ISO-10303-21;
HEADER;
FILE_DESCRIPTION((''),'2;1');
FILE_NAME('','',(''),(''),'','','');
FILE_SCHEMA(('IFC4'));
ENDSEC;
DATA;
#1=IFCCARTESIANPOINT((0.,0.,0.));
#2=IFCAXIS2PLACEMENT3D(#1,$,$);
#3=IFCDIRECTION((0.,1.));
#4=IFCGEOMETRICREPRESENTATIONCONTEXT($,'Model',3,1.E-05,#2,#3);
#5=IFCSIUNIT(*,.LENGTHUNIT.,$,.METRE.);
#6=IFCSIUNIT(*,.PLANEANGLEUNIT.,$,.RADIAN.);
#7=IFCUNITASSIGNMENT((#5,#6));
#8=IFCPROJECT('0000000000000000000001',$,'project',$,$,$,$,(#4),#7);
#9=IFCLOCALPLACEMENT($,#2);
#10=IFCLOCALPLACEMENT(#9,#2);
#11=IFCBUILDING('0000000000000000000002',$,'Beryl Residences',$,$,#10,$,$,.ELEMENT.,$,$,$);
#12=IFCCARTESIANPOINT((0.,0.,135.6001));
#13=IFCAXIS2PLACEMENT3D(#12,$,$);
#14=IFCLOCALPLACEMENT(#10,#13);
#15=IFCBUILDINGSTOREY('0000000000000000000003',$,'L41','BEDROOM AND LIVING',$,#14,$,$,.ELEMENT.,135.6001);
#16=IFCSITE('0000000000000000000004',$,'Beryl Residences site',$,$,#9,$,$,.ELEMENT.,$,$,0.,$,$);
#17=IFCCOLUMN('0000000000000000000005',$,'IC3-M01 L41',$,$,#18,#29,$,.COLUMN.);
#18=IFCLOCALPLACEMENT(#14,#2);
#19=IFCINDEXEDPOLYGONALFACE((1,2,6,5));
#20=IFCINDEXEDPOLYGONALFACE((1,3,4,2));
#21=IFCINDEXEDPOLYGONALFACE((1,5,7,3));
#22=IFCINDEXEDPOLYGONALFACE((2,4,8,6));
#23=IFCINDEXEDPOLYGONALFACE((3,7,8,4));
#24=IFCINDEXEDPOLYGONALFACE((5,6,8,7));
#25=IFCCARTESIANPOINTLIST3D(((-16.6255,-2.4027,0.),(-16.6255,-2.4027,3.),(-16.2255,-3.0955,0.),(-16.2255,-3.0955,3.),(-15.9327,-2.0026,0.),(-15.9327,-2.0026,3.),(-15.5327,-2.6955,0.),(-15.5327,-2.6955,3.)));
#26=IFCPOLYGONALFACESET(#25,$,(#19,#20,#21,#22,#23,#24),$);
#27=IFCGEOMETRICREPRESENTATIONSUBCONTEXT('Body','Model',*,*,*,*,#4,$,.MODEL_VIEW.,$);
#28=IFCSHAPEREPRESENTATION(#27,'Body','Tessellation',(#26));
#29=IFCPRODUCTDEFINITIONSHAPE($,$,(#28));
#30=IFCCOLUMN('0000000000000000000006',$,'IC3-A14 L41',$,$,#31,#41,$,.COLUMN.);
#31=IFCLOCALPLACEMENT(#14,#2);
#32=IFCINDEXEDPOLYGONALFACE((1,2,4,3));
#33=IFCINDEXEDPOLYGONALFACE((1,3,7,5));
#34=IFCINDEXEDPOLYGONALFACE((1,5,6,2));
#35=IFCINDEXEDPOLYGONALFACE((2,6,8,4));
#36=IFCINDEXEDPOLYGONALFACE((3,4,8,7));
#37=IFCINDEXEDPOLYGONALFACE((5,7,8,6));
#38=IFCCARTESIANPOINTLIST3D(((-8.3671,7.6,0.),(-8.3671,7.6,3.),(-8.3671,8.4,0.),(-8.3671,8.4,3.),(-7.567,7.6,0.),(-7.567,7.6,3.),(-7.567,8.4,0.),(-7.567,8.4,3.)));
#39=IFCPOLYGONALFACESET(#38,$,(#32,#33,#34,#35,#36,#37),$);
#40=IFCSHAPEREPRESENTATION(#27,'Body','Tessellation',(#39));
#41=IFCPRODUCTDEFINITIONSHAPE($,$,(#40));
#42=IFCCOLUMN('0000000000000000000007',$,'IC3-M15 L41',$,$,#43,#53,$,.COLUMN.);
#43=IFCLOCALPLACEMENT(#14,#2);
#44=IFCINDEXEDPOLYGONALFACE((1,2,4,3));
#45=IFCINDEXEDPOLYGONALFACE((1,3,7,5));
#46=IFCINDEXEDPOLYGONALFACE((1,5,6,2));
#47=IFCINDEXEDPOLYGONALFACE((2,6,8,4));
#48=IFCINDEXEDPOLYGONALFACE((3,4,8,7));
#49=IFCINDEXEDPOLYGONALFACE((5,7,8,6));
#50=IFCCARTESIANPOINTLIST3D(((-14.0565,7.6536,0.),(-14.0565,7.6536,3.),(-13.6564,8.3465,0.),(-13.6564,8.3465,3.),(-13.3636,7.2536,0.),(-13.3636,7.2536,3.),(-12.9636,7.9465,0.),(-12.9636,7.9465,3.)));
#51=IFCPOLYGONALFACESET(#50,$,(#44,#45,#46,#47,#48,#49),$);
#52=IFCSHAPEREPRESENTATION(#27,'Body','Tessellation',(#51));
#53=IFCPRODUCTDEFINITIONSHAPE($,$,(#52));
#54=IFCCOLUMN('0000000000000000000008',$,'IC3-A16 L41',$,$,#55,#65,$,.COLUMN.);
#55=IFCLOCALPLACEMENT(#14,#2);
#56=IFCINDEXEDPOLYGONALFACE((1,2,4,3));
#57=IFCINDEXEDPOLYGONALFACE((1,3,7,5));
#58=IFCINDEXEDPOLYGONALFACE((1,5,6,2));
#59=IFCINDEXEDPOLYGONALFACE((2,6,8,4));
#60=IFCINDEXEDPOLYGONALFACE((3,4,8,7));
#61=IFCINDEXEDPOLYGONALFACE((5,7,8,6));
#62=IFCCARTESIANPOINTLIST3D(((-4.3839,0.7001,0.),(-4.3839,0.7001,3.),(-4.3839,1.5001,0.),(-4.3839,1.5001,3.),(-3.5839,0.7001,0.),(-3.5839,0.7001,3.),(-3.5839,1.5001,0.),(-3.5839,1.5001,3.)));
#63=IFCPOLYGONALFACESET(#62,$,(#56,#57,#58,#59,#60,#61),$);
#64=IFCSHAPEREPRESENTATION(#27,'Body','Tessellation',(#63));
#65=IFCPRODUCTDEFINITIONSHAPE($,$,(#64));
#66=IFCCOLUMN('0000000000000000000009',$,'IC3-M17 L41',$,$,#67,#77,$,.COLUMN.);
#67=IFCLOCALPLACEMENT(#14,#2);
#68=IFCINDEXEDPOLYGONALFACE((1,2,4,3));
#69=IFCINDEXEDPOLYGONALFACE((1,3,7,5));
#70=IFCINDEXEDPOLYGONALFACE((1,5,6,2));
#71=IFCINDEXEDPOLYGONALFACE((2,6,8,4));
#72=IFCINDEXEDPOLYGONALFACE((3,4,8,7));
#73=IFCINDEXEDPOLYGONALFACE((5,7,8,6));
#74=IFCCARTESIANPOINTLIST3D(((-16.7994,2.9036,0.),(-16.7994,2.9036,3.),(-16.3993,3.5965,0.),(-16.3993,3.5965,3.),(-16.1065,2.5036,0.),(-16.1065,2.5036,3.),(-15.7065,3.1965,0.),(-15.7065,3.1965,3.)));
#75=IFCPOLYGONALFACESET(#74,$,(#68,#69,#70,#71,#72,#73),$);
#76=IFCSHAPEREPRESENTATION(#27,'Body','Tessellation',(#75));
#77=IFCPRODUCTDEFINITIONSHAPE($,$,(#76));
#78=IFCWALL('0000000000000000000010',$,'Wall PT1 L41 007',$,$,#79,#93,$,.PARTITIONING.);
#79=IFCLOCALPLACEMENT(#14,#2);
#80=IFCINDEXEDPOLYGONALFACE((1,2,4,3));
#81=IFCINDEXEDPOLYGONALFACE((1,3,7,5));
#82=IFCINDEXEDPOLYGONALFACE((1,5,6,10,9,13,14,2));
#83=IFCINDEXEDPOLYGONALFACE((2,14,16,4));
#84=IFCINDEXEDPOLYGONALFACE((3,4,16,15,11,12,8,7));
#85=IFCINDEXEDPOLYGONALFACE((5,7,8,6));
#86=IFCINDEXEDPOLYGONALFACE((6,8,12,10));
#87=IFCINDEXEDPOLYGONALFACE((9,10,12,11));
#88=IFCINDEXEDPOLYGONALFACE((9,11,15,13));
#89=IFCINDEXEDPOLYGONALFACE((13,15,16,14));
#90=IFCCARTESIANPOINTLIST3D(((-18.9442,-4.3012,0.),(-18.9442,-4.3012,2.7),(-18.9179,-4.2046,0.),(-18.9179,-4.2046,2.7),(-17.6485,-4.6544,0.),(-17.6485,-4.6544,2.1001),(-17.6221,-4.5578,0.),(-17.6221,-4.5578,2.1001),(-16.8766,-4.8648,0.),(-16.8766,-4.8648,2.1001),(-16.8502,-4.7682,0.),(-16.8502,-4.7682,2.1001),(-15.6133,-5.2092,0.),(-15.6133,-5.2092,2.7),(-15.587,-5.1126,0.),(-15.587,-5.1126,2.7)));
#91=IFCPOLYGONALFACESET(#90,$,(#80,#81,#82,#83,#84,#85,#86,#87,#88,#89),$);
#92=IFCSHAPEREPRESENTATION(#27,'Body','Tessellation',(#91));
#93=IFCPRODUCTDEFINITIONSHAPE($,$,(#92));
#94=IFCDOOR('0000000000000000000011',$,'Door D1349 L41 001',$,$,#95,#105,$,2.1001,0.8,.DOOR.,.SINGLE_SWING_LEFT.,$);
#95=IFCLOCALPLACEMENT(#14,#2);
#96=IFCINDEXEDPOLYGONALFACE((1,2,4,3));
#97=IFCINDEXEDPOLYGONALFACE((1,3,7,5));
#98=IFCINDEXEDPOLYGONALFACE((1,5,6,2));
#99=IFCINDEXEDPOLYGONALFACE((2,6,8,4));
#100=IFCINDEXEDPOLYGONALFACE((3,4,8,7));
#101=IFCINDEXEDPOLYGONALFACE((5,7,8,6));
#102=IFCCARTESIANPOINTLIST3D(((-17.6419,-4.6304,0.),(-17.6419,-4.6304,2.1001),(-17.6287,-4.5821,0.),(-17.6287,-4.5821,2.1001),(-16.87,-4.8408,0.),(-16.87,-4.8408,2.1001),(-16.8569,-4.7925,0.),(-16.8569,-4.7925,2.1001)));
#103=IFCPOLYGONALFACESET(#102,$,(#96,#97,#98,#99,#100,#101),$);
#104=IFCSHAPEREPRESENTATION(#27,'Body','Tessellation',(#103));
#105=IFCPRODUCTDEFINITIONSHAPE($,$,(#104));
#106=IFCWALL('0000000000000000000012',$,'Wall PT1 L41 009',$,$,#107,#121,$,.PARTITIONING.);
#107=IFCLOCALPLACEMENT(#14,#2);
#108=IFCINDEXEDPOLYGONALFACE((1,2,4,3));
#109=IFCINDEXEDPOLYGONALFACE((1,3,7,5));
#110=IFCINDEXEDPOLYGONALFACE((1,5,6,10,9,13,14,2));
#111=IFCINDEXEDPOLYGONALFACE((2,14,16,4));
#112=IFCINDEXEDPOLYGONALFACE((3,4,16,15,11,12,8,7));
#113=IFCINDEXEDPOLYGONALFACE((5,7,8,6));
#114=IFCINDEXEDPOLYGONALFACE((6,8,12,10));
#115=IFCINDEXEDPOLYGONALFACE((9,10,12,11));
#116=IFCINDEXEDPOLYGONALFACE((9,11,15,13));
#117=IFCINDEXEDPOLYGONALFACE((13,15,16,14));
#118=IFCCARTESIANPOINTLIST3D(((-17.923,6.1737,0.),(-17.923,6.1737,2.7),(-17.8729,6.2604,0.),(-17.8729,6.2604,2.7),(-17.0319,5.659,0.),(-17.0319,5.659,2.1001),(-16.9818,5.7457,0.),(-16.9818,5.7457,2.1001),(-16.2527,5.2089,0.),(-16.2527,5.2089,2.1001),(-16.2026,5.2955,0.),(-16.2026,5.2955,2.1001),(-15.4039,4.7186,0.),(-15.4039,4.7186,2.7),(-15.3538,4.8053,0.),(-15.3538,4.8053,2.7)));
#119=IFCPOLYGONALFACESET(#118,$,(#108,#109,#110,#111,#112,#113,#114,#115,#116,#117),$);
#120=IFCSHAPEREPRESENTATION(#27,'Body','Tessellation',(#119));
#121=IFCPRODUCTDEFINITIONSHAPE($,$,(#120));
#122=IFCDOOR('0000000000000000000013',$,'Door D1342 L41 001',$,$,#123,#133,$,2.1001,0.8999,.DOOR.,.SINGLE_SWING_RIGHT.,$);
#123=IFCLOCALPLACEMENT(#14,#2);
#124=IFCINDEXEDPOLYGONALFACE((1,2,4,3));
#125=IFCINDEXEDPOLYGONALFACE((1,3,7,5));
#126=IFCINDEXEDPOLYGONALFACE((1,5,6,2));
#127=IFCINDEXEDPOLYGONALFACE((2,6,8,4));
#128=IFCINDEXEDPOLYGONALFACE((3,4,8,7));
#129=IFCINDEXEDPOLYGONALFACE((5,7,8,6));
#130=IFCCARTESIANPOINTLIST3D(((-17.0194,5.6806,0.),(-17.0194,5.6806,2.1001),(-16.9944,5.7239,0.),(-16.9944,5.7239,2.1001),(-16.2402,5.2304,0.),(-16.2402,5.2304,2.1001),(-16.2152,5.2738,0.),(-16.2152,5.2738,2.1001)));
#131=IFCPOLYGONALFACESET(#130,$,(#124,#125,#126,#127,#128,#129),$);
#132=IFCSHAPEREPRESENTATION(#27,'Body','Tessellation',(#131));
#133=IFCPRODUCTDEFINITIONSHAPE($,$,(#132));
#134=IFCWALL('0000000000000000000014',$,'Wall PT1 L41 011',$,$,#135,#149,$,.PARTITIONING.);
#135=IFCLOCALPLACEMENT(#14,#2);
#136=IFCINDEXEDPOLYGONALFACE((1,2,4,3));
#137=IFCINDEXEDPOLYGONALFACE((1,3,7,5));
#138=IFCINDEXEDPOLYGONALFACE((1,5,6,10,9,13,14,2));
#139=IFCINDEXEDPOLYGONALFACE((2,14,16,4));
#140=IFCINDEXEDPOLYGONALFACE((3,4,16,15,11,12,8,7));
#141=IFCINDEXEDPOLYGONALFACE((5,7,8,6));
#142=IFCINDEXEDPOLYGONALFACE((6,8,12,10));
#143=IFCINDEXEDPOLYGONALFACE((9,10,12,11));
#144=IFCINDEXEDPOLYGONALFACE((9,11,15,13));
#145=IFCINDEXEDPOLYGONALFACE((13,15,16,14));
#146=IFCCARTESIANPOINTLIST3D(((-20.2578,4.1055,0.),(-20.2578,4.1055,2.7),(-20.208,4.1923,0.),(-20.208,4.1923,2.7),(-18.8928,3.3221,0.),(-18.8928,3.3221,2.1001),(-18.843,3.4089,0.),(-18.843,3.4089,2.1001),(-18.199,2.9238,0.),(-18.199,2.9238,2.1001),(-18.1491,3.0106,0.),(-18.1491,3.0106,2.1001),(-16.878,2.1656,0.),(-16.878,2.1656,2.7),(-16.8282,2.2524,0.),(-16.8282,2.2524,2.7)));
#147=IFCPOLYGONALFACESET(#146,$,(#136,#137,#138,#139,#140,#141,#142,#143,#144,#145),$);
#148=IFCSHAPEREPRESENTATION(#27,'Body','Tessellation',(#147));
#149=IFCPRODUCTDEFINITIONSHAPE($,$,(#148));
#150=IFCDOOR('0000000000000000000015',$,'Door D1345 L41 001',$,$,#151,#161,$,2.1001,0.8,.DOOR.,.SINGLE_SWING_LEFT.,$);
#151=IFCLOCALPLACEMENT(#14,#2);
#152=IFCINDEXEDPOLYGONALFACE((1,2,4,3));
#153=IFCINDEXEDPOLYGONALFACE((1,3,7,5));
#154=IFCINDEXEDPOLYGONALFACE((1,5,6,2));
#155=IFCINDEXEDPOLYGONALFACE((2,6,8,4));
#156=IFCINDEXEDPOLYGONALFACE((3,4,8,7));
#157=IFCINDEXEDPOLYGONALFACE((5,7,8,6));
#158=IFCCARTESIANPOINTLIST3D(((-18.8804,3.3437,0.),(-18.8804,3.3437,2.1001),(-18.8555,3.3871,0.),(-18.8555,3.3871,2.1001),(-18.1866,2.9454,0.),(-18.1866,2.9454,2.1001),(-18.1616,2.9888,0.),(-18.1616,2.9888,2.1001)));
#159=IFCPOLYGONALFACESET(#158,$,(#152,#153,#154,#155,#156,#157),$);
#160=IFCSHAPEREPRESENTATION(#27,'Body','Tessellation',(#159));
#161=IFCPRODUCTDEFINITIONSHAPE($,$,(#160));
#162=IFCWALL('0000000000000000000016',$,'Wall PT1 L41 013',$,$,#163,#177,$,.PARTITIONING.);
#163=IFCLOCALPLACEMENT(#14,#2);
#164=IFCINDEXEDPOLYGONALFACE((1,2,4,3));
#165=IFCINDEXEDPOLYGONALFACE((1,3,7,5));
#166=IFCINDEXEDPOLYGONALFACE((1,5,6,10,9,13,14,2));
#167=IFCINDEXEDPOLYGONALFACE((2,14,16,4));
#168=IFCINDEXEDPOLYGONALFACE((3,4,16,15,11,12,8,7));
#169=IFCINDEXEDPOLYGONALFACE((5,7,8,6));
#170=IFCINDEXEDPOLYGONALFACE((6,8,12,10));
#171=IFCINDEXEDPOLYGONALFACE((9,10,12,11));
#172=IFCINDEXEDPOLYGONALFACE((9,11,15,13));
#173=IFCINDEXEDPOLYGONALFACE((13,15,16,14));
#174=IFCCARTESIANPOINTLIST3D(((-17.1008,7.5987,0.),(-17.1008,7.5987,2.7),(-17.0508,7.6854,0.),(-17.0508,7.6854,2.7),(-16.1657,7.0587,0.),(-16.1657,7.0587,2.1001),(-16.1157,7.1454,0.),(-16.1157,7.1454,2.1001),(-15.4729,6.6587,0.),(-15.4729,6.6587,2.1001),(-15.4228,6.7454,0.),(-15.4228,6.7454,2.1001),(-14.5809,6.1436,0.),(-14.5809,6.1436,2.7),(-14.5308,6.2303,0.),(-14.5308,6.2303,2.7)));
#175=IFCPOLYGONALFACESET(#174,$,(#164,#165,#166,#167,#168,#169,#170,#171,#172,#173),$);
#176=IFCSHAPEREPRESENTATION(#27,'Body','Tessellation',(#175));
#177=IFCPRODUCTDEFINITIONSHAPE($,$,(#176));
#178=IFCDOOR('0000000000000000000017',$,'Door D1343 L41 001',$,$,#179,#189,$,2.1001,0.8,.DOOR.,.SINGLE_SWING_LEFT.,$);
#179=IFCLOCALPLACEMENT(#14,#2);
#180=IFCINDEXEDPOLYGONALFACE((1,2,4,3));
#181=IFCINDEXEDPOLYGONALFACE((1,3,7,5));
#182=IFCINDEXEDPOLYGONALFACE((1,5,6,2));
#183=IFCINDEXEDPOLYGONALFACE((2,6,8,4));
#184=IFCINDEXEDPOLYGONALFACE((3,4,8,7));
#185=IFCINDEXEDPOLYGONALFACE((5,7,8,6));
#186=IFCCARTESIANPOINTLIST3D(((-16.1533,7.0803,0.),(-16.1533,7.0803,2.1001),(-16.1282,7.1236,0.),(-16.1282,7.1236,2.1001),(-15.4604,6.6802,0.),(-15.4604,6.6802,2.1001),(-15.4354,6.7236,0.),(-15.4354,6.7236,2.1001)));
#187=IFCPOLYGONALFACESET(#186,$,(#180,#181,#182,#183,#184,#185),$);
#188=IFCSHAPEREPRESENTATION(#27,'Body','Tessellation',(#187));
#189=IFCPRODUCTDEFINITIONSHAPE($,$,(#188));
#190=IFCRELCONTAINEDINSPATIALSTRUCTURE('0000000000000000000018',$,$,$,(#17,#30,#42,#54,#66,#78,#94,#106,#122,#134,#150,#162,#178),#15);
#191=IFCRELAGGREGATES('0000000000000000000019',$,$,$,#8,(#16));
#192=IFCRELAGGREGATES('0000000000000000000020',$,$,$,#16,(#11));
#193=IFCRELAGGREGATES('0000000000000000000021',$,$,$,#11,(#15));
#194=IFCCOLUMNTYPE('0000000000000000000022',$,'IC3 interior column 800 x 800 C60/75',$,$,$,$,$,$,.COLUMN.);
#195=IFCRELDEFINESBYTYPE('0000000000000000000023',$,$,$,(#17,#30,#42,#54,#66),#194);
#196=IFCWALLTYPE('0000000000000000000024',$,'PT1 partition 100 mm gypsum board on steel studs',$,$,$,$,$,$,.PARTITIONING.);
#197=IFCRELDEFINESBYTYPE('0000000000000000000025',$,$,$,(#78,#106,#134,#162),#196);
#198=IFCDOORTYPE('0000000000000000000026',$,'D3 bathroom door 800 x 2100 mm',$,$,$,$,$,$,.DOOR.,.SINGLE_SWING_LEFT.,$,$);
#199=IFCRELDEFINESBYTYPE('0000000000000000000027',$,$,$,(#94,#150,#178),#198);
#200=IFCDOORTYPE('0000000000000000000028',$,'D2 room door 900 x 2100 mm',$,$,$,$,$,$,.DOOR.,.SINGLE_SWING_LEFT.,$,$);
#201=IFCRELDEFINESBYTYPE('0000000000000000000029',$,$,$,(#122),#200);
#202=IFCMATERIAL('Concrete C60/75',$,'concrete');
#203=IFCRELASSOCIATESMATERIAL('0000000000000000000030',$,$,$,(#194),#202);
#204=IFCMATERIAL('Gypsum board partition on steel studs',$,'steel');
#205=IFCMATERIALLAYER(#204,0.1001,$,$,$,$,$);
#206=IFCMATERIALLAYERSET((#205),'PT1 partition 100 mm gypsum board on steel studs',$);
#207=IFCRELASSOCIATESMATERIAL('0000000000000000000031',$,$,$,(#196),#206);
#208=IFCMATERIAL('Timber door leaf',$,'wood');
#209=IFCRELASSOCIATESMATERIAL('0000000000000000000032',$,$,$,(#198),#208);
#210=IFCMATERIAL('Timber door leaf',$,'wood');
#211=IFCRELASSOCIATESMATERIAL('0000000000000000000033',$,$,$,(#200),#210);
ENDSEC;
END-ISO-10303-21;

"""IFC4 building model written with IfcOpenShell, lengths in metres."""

from ifc_helpers import new_model, si_unit, direction, frame, frame_2d, origin, origin_2d, place, context, subcontext, project, spatial, rectangle, extrude, material, layer, layer_set, material_profile, profile_set, type_object, element, fill, save


model = new_model("IFC4")

# Units and contexts
model_context = context("Model", 3, precision=1e-05, world=origin(), true_north=direction((0.0, 1.0)))
body_context = subcontext(model_context, "Body", "Model", "MODEL_VIEW")
ifc_project = project(units=[si_unit("LENGTHUNIT", "METRE"), si_unit("PLANEANGLEUNIT", "RADIAN")], contexts=[model_context])

# Site, building, storey
site_placement = place(None, origin())
site = spatial("IfcSite", under=ifc_project, at=site_placement, Name="Beryl Residences site", CompositionType="ELEMENT", RefElevation=0.0)
building_placement = place(site_placement, origin())
building = spatial("IfcBuilding", under=site, at=building_placement, Name="Beryl Residences", CompositionType="ELEMENT")
storey_placement = place(building_placement, frame((0.0, 0.0, 135.6001)))
storey = spatial("IfcBuildingStorey", under=building, at=storey_placement, Name="L41", Description="BEDROOM AND LIVING", CompositionType="ELEMENT", Elevation=135.6001)

# Columns
ifc_material_1 = material(Name="Concrete C60/75", Category="concrete")
ifc_material_profile = material_profile(ifc_material_1, rectangle(XDim=0.8, YDim=0.8, at=origin_2d()))
ifc_profile_set = profile_set([ifc_material_profile], Name="Concrete C60/75")
column_type = type_object("IfcColumnType", Name="IC3 interior column 800 x 800 C60/75", PredefinedType="COLUMN", material=ifc_profile_set)
for number, where, z_axis, x_axis, name in (
    (1, (-16.0791, -2.5491, 0.0), (0.0, 0.0, 1.0), (0.5, -0.866025, 0.0), "IC3-M01 L41"),
    (2, (-7.967, 8.0, 0.0), (0.0, 0.0, 1.0), (1.0, 0.0, 0.0), "IC3-A14 L41"),
    (3, (-13.51, 7.8, 0.0), (0.0, 0.0, 1.0), (-0.5, -0.866025, 0.0), "IC3-M15 L41"),
    (4, (-3.9839, 1.1001, 0.0), (0.0, 0.0, 1.0), (1.0, 0.0, 0.0), "IC3-A16 L41"),
    (5, (-16.2529, 3.05, 0.0), (0.0, 0.0, 1.0), (-0.5, -0.866025, 0.0), "IC3-M17 L41"),
):
    element("IfcColumn", number, at=place(storey_placement, frame(where, z_axis=z_axis, x_axis=x_axis)), inside=storey, type_object=column_type, Name=name, PredefinedType="COLUMN", context=body_context, shape_type="SweptSolid", body=[
        extrude(rectangle(XDim=0.8, YDim=0.8, at=origin_2d()), origin(), (0.0, 0.0, 1.0), 3.0),
    ])

# Walls, openings, doors
ifc_material_2 = material(Name="Gypsum board partition on steel studs", Category="steel")
ifc_layer_1 = layer(ifc_material_2, 0.1001)
ifc_layer_set_1 = layer_set([ifc_layer_1], Name="PT1 partition 100 mm gypsum board on steel studs")
wall_type_1 = type_object("IfcWallType", Name="PT1 partition 100 mm gypsum board on steel studs", PredefinedType="PARTITIONING", material=ifc_layer_set_1)
wall_1_placement = place(storey_placement, frame((-18.9309, -4.2529, 0.0), z_axis=(0.0, 0.0, 1.0), x_axis=(0.964796, -0.262998, 0.0)))
wall_1 = element("IfcWall", 6, at=wall_1_placement, inside=storey, type_object=wall_type_1, Name="Wall PT1 L41 007", PredefinedType="PARTITIONING", context=body_context, shape_type="SweptSolid", body=[
    extrude(rectangle(XDim=3.4524, YDim=0.1001, at=frame_2d((1.7261, 0.0))), origin(), (0.0, 0.0, 1.0), 2.7),
])
opening_1_placement = place(wall_1_placement, frame((1.343, 0.0, 0.0)))
opening_1 = element("IfcOpeningElement", 7, at=opening_1_placement, cuts=wall_1, PredefinedType="OPENING", context=body_context, shape_type="SweptSolid", body=[
    extrude(rectangle(XDim=0.8, YDim=2.1001, at=frame_2d((0.3999, 1.05))), frame((0.0, 0.0601, 0.0), z_axis=(0.0, -1.0, 0.0), x_axis=(1.0, 0.0, 0.0)), (0.0, 0.0, 1.0), 0.1201),
])
ifc_material_3 = material(Name="Timber door leaf", Category="wood")
door_type_1 = type_object("IfcDoorType", Name="D3 bathroom door 800 x 2100 mm", OperationType="SINGLE_SWING_LEFT", PredefinedType="DOOR", material=ifc_material_3)
door_1_placement = place(opening_1_placement, origin())
door_1 = element("IfcDoor", 8, at=door_1_placement, inside=storey, type_object=door_type_1, Name="Door D1349 L41 001", OperationType="SINGLE_SWING_LEFT", OverallHeight=2.1001, OverallWidth=0.8, PredefinedType="DOOR", context=body_context, shape_type="SweptSolid", body=[
    extrude(rectangle(XDim=0.8, YDim=2.1001, at=frame_2d((0.3999, 1.05))), frame((0.0, 0.0249, 0.0), z_axis=(0.0, -1.0, 0.0), x_axis=(1.0, 0.0, 0.0)), (0.0, 0.0, 1.0), 0.05),
])
fill(opening_1, door_1)
wall_2_placement = place(storey_placement, frame((-17.8979, 6.217, 0.0), z_axis=(0.0, 0.0, 1.0), x_axis=(0.86592, -0.500183, 0.0)))
wall_2 = element("IfcWall", 9, at=wall_2_placement, inside=storey, type_object=wall_type_1, Name="Wall PT1 L41 009", PredefinedType="PARTITIONING", context=body_context, shape_type="SweptSolid", body=[
    extrude(rectangle(XDim=2.9092, YDim=0.1001, at=frame_2d((1.4546, 0.0))), origin(), (0.0, 0.0, 1.0), 2.7),
])
opening_2_placement = place(wall_2_placement, frame((1.0291, 0.0, 0.0)))
opening_2 = element("IfcOpeningElement", 10, at=opening_2_placement, cuts=wall_2, PredefinedType="OPENING", context=body_context, shape_type="SweptSolid", body=[
    extrude(rectangle(XDim=0.8999, YDim=2.1001, at=frame_2d((0.45, 1.05))), frame((0.0, 0.0601, 0.0), z_axis=(0.0, -1.0, 0.0), x_axis=(1.0, 0.0, 0.0)), (0.0, 0.0, 1.0), 0.1201),
])
ifc_material_4 = material(Name="Timber door leaf", Category="wood")
door_type_2 = type_object("IfcDoorType", Name="D2 room door 900 x 2100 mm", OperationType="SINGLE_SWING_LEFT", PredefinedType="DOOR", material=ifc_material_4)
door_2_placement = place(opening_2_placement, origin())
door_2 = element("IfcDoor", 11, at=door_2_placement, inside=storey, type_object=door_type_2, Name="Door D1342 L41 001", OperationType="SINGLE_SWING_RIGHT", OverallHeight=2.1001, OverallWidth=0.8999, PredefinedType="DOOR", context=body_context, shape_type="SweptSolid", body=[
    extrude(rectangle(XDim=0.8999, YDim=2.1001, at=frame_2d((0.45, 1.05))), frame((0.0, 0.0249, 0.0), z_axis=(0.0, -1.0, 0.0), x_axis=(1.0, 0.0, 0.0)), (0.0, 0.0, 1.0), 0.05),
])
fill(opening_2, door_2)
wall_3_placement = place(storey_placement, frame((-20.2329, 4.1489, 0.0), z_axis=(0.0, 0.0, 1.0), x_axis=(0.867293, -0.497798, 0.0)))
wall_3 = element("IfcWall", 12, at=wall_3_placement, inside=storey, type_object=wall_type_1, Name="Wall PT1 L41 011", PredefinedType="PARTITIONING", context=body_context, shape_type="SweptSolid", body=[
    extrude(rectangle(XDim=3.897, YDim=0.1001, at=frame_2d((1.9485, 0.0))), origin(), (0.0, 0.0, 1.0), 2.7),
])
opening_3_placement = place(wall_3_placement, frame((1.574, 0.0, 0.0)))
opening_3 = element("IfcOpeningElement", 13, at=opening_3_placement, cuts=wall_3, PredefinedType="OPENING", context=body_context, shape_type="SweptSolid", body=[
    extrude(rectangle(XDim=0.8, YDim=2.1001, at=frame_2d((0.3999, 1.05))), frame((0.0, 0.0601, 0.0), z_axis=(0.0, -1.0, 0.0), x_axis=(1.0, 0.0, 0.0)), (0.0, 0.0, 1.0), 0.1201),
])
door_3_placement = place(opening_3_placement, origin())
door_3 = element("IfcDoor", 14, at=door_3_placement, inside=storey, type_object=door_type_1, Name="Door D1345 L41 001", OperationType="SINGLE_SWING_LEFT", OverallHeight=2.1001, OverallWidth=0.8, PredefinedType="DOOR", context=body_context, shape_type="SweptSolid", body=[
    extrude(rectangle(XDim=0.8, YDim=2.1001, at=frame_2d((0.3999, 1.05))), frame((0.0, 0.0249, 0.0), z_axis=(0.0, -1.0, 0.0), x_axis=(1.0, 0.0, 0.0)), (0.0, 0.0, 1.0), 0.05),
])
fill(opening_3, door_3)
wall_4_placement = place(storey_placement, frame((-17.0759, 7.6421, 0.0), z_axis=(0.0, 0.0, 1.0), x_axis=(0.866004, -0.500037, 0.0)))
wall_4 = element("IfcWall", 15, at=wall_4_placement, inside=storey, type_object=wall_type_1, Name="Wall PT1 L41 013", PredefinedType="PARTITIONING", context=body_context, shape_type="SweptSolid", body=[
    extrude(rectangle(XDim=2.9099, YDim=0.1001, at=frame_2d((1.4551, 0.0))), origin(), (0.0, 0.0, 1.0), 2.7),
])
opening_4_placement = place(wall_4_placement, frame((1.0801, 0.0, 0.0)))
opening_4 = element("IfcOpeningElement", 16, at=opening_4_placement, cuts=wall_4, PredefinedType="OPENING", context=body_context, shape_type="SweptSolid", body=[
    extrude(rectangle(XDim=0.8, YDim=2.1001, at=frame_2d((0.3999, 1.05))), frame((0.0, 0.0601, 0.0), z_axis=(0.0, -1.0, 0.0), x_axis=(1.0, 0.0, 0.0)), (0.0, 0.0, 1.0), 0.1201),
])
door_4_placement = place(opening_4_placement, origin())
door_4 = element("IfcDoor", 17, at=door_4_placement, inside=storey, type_object=door_type_1, Name="Door D1343 L41 001", OperationType="SINGLE_SWING_LEFT", OverallHeight=2.1001, OverallWidth=0.8, PredefinedType="DOOR", context=body_context, shape_type="SweptSolid", body=[
    extrude(rectangle(XDim=0.8, YDim=2.1001, at=frame_2d((0.3999, 1.05))), frame((0.0, 0.0249, 0.0), z_axis=(0.0, -1.0, 0.0), x_axis=(1.0, 0.0, 0.0)), (0.0, 0.0, 1.0), 0.05),
])
fill(opening_4, door_4)

save(model, "model.ifc")
